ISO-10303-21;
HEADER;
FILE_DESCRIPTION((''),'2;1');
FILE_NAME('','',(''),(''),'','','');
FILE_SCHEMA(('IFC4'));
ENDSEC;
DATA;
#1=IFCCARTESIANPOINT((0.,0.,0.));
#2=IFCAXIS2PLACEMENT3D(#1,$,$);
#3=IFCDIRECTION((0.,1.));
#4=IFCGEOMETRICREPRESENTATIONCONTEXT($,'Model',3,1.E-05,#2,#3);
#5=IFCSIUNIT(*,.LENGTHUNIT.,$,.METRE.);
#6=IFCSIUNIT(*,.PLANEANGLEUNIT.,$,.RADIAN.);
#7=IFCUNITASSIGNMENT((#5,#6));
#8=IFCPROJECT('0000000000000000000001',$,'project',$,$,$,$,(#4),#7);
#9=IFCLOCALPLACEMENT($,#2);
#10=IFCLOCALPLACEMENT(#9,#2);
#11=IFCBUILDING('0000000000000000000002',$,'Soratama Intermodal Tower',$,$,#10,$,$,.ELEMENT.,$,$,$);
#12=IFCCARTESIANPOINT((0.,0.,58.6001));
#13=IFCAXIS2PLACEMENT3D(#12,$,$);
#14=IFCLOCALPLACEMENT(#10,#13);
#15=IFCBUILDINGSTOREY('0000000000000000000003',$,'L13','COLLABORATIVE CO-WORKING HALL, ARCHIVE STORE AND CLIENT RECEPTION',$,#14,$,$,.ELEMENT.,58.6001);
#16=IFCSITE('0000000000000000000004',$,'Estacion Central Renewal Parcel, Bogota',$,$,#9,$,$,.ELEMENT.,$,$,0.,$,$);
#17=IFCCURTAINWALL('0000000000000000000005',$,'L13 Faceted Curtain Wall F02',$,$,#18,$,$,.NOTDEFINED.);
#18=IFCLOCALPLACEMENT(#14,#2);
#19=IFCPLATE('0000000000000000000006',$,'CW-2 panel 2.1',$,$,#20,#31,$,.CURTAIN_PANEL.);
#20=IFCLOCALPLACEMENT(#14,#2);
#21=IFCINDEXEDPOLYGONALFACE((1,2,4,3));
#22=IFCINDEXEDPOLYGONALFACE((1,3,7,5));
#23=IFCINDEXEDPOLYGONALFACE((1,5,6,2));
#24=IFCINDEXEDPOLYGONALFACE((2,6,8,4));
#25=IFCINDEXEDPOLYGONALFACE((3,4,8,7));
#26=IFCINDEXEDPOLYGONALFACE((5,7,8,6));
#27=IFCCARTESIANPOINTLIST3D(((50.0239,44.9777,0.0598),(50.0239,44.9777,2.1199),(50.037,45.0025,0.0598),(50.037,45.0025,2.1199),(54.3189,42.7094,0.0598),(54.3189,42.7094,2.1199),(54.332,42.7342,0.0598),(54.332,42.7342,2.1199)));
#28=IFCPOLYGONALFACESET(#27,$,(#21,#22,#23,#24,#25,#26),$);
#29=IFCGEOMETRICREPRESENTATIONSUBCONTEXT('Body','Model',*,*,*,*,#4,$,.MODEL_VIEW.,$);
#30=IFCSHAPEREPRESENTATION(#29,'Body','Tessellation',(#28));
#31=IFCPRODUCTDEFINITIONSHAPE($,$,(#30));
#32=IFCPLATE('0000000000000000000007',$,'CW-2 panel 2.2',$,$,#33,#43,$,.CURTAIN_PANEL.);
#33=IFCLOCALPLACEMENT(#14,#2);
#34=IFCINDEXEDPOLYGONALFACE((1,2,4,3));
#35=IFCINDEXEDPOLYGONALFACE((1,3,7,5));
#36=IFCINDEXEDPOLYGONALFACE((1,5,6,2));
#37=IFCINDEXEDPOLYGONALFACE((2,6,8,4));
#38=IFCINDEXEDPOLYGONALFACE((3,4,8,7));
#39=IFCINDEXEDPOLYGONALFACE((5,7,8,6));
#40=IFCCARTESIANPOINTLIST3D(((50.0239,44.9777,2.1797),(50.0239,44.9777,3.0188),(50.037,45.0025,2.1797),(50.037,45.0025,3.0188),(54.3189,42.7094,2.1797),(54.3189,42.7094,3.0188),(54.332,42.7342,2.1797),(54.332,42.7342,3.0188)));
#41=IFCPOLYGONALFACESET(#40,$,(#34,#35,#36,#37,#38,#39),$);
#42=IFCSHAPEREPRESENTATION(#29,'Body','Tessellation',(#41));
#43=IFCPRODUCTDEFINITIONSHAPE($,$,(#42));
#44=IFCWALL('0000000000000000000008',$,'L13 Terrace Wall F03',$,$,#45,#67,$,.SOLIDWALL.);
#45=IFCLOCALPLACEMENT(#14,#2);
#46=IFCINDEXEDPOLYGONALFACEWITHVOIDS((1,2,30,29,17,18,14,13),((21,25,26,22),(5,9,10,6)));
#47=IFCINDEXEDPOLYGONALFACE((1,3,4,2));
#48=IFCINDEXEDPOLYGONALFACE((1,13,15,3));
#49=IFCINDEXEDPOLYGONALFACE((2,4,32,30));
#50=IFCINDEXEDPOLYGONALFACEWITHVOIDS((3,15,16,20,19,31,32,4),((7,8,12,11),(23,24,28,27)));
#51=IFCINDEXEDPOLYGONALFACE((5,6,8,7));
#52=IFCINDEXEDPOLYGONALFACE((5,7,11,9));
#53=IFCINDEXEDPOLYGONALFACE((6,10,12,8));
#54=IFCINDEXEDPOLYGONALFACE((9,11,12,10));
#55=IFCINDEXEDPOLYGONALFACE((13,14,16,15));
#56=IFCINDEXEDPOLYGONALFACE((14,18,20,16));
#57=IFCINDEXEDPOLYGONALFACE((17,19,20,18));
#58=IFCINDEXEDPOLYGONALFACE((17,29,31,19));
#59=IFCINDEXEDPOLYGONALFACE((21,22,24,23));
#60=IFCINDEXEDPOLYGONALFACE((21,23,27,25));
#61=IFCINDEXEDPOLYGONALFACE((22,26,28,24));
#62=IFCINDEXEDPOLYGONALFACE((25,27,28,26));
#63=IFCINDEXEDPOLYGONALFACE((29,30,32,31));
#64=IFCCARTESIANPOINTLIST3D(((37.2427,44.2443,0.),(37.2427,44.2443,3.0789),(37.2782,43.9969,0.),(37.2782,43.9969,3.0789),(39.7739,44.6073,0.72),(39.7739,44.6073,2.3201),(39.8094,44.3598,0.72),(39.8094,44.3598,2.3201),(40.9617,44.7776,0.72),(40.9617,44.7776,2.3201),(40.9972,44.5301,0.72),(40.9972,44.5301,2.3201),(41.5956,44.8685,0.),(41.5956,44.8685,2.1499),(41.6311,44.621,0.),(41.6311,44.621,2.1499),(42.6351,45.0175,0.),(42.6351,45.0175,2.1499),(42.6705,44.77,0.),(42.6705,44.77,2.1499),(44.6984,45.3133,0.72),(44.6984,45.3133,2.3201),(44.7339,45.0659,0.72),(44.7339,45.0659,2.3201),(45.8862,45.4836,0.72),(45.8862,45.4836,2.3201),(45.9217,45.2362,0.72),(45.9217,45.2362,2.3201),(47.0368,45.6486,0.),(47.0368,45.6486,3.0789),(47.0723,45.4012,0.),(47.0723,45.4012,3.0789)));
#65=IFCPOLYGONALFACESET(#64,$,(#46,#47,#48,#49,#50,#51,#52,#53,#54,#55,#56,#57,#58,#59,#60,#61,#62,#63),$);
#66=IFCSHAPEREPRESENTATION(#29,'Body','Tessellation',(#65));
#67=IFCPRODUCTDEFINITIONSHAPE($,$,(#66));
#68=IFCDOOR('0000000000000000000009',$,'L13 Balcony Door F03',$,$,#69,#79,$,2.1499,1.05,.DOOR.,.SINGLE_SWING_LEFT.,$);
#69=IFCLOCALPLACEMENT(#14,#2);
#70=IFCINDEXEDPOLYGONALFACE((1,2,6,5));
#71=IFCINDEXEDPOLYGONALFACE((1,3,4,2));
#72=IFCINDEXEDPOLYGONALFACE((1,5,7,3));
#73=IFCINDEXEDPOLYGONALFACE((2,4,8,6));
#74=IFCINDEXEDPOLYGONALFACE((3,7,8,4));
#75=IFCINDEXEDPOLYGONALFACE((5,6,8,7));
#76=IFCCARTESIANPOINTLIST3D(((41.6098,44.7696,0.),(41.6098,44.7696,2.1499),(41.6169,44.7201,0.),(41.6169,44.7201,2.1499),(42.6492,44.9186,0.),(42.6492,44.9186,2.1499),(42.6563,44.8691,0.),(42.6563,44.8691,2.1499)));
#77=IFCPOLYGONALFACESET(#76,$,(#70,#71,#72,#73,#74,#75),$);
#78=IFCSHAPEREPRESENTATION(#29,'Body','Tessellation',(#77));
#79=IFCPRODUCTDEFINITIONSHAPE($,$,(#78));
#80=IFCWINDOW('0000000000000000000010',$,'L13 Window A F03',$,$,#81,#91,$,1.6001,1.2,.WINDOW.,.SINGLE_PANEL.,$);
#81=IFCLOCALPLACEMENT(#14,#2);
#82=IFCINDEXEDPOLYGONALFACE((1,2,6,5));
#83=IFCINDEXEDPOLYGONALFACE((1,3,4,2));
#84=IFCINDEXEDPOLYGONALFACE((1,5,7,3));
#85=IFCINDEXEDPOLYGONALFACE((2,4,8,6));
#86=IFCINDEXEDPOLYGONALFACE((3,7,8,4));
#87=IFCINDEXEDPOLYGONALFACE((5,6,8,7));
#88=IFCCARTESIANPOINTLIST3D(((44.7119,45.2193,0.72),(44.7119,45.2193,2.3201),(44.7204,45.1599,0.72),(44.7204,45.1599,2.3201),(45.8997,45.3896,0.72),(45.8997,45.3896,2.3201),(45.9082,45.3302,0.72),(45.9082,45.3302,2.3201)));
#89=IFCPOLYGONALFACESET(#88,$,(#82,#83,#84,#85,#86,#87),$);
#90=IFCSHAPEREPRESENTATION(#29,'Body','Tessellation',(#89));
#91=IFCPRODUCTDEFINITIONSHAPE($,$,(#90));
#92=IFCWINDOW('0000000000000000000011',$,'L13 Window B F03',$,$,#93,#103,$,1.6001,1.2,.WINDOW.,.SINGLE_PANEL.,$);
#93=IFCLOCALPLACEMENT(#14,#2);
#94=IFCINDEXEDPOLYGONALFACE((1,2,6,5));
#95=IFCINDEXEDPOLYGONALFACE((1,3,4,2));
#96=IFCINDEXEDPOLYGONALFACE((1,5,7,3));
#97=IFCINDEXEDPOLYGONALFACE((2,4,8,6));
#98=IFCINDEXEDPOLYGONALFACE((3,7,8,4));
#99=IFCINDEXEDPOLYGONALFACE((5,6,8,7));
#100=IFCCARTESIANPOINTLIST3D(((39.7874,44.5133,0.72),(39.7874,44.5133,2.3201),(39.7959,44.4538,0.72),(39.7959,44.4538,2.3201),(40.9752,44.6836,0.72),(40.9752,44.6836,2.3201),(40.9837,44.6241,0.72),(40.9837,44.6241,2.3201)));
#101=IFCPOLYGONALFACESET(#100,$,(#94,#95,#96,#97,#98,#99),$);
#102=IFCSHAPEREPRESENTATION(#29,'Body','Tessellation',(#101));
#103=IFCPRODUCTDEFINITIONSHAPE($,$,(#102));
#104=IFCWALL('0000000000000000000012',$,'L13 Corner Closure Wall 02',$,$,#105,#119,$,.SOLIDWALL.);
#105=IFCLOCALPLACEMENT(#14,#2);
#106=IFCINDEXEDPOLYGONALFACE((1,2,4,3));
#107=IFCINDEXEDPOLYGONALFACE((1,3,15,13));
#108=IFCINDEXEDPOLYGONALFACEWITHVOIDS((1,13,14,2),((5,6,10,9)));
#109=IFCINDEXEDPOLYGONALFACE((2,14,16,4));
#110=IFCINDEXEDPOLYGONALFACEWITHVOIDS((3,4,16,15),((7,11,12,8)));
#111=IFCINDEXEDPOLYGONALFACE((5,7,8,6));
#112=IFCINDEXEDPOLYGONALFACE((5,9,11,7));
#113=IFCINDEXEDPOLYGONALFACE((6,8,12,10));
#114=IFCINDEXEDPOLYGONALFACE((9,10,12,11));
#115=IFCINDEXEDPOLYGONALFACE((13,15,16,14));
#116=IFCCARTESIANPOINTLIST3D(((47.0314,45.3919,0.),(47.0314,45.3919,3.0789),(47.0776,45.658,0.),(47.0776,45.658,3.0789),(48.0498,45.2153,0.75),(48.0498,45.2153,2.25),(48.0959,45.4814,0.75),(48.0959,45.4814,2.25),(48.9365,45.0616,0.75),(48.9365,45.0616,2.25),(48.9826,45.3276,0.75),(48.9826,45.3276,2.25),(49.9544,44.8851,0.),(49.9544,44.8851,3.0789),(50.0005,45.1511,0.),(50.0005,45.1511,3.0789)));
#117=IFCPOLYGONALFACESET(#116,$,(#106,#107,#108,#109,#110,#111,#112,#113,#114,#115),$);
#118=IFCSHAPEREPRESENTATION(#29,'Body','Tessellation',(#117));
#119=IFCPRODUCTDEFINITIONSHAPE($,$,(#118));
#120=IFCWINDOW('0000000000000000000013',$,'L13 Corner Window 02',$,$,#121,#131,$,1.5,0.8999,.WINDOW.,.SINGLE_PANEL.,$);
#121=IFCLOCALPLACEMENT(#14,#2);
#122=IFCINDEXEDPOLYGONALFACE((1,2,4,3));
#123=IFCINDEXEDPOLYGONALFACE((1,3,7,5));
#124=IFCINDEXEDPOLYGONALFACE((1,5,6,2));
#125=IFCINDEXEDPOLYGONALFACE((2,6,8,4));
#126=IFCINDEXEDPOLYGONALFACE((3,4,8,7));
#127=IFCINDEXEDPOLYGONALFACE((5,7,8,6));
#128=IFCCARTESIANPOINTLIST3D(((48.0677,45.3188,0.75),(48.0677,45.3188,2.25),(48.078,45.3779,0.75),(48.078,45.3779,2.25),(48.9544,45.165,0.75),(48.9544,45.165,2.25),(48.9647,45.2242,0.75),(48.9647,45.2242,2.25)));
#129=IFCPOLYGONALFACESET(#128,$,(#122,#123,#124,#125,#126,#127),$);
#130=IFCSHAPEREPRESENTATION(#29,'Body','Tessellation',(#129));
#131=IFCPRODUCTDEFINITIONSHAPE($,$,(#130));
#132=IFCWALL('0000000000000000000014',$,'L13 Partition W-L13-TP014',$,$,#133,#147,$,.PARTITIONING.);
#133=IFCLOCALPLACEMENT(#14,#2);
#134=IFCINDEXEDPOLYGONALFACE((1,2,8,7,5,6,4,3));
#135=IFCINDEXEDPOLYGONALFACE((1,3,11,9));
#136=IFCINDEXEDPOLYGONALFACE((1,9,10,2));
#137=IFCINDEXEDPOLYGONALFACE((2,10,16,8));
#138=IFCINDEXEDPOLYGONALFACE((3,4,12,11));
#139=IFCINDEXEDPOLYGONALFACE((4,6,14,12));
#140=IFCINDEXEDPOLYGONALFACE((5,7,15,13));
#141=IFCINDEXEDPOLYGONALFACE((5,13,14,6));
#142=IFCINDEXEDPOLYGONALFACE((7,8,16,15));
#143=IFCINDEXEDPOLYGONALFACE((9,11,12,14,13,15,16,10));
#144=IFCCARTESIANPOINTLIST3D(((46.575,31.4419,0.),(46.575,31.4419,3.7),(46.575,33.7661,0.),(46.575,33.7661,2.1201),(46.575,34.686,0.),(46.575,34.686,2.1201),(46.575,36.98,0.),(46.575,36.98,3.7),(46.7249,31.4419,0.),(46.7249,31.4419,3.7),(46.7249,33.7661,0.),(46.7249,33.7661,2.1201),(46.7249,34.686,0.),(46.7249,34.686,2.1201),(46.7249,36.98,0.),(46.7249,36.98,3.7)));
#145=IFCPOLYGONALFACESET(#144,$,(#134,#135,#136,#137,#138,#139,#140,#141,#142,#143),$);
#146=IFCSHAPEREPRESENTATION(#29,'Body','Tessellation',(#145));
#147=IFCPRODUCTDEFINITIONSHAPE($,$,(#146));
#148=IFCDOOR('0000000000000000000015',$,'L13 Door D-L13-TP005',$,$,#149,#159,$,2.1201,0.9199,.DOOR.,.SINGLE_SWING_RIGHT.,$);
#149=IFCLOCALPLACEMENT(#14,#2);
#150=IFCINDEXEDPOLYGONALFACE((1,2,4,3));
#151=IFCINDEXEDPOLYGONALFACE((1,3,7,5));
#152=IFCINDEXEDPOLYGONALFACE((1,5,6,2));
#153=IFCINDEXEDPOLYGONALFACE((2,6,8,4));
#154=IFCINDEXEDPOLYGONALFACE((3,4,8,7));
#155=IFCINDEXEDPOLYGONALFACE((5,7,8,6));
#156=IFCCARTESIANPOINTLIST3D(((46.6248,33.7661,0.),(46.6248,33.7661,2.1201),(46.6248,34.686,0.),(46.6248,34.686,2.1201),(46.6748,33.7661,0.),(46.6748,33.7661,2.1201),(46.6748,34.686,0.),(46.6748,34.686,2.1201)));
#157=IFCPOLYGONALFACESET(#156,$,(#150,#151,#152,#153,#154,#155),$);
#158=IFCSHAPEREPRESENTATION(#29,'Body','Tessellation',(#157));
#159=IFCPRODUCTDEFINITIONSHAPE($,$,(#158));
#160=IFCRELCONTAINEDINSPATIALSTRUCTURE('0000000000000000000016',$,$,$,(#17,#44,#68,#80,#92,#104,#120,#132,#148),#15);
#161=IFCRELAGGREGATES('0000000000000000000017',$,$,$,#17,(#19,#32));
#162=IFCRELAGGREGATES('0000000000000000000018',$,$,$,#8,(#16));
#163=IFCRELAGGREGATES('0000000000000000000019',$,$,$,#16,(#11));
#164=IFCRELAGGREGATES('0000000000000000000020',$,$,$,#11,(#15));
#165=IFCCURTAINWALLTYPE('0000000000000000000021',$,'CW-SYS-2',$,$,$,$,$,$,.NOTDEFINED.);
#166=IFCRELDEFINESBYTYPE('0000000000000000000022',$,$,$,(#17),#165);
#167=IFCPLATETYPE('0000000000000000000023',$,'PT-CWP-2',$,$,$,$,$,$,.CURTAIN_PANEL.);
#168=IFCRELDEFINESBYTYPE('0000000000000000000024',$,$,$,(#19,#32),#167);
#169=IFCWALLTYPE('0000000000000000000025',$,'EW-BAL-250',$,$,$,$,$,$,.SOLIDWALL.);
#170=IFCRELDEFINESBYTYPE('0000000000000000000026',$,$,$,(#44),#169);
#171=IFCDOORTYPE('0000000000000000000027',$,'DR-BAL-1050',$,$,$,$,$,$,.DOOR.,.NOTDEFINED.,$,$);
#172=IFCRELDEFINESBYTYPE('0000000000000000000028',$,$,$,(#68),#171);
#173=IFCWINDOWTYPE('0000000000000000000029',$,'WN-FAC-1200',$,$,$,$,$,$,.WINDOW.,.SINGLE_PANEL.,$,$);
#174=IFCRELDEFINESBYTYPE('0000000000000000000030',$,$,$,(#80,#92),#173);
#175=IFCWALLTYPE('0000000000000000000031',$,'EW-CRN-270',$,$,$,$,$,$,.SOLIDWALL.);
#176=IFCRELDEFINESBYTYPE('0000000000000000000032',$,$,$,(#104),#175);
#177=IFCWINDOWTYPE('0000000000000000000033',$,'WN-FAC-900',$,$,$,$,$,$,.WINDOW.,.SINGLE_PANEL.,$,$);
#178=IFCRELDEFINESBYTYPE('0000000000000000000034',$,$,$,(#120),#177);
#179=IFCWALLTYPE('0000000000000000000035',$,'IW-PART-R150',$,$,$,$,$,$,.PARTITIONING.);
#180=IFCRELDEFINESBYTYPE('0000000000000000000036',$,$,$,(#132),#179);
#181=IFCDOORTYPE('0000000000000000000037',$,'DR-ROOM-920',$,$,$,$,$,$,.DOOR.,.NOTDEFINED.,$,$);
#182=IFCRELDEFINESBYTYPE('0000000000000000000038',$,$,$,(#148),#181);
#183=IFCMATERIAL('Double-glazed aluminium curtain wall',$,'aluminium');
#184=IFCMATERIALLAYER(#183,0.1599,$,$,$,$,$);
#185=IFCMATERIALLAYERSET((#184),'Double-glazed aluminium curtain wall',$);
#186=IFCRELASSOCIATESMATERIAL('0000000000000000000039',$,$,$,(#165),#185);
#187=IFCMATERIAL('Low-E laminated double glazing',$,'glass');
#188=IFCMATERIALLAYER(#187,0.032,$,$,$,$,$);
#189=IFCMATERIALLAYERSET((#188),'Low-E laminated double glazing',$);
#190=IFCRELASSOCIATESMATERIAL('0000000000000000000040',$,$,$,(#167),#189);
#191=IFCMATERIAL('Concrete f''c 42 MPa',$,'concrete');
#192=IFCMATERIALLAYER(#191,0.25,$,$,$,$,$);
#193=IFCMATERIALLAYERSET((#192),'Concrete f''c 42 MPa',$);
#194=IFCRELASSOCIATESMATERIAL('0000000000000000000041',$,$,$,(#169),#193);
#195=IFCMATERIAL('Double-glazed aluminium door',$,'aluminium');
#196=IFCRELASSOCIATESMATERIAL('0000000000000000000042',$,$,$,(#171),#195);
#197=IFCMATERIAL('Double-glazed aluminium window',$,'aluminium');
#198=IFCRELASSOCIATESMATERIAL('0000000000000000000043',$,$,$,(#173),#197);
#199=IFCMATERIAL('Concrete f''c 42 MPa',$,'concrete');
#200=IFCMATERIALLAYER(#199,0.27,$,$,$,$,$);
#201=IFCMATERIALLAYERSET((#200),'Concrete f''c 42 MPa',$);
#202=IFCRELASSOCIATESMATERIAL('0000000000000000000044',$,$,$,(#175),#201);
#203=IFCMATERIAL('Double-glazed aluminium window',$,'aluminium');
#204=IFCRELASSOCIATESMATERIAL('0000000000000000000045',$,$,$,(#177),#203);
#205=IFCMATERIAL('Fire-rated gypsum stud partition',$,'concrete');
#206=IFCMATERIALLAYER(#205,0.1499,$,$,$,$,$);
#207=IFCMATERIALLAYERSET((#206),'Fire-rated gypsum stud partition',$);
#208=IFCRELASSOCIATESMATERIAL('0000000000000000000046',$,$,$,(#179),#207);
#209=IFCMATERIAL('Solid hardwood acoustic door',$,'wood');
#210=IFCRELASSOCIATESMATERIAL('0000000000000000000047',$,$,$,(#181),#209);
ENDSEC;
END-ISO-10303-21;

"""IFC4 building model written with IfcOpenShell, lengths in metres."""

from ifc_helpers import new_model, si_unit, direction, frame, frame_2d, origin, origin_2d, place, context, subcontext, project, spatial, rectangle, extrude, material, layer, layer_set, type_object, element, fill, aggregate, save


model = new_model("IFC4")

# Units and contexts
model_context = context("Model", 3, precision=1e-05, world=origin(), true_north=direction((0.0, 1.0)))
body_context = subcontext(model_context, "Body", "Model", "MODEL_VIEW")
ifc_project = project(units=[si_unit("LENGTHUNIT", "METRE"), si_unit("PLANEANGLEUNIT", "RADIAN")], contexts=[model_context])

# Site, building, storey
site_placement = place(None, origin())
site = spatial("IfcSite", under=ifc_project, at=site_placement, Name="Estacion Central Renewal Parcel, Bogota", CompositionType="ELEMENT", RefElevation=0.0)
building_placement = place(site_placement, origin())
building = spatial("IfcBuilding", under=site, at=building_placement, Name="Soratama Intermodal Tower", CompositionType="ELEMENT")
storey_placement = place(building_placement, frame((0.0, 0.0, 58.6001)))
storey = spatial("IfcBuildingStorey", under=building, at=storey_placement, Name="L13", Description="COLLABORATIVE CO-WORKING HALL, ARCHIVE STORE AND CLIENT RECEPTION", CompositionType="ELEMENT", Elevation=58.6001)

# Curtain wall, plates
ifc_material_1 = material(Name="Double-glazed aluminium curtain wall", Category="aluminium")
ifc_layer_1 = layer(ifc_material_1, 0.1599)
ifc_layer_set_1 = layer_set([ifc_layer_1], Name="Double-glazed aluminium curtain wall")
curtain_wall_type = type_object("IfcCurtainWallType", Name="CW-SYS-2", PredefinedType="NOTDEFINED", material=ifc_layer_set_1)
curtain_wall_placement = place(storey_placement, origin())
curtain_wall = element("IfcCurtainWall", 1, at=curtain_wall_placement, inside=storey, type_object=curtain_wall_type, Name="L13 Faceted Curtain Wall F02", PredefinedType="NOTDEFINED")
ifc_material_2 = material(Name="Low-E laminated double glazing", Category="glass")
ifc_layer_2 = layer(ifc_material_2, 0.032)
ifc_layer_set_2 = layer_set([ifc_layer_2], Name="Low-E laminated double glazing")
plate_type = type_object("IfcPlateType", Name="PT-CWP-2", PredefinedType="CURTAIN_PANEL", material=ifc_layer_set_2)
plate_1_placement = place(storey_placement, frame((52.178, 43.856, 0.0598), z_axis=(0.0, 0.0, 1.0), x_axis=(-0.884257, 0.467001, 0.0)))
plate_1 = element("IfcPlate", 2, at=plate_1_placement, type_object=plate_type, Name="CW-2 panel 2.1", PredefinedType="CURTAIN_PANEL", context=body_context, shape_type="SweptSolid", body=[
    extrude(rectangle(XDim=4.8572, YDim=0.0281, at=origin_2d()), origin(), (0.0, 0.0, 1.0), 2.0601),
])
plate_2_placement = place(storey_placement, frame((52.178, 43.856, 2.1797), z_axis=(0.0, 0.0, 1.0), x_axis=(-0.884257, 0.467001, 0.0)))
plate_2 = element("IfcPlate", 3, at=plate_2_placement, type_object=plate_type, Name="CW-2 panel 2.2", PredefinedType="CURTAIN_PANEL", context=body_context, shape_type="SweptSolid", body=[
    extrude(rectangle(XDim=4.8572, YDim=0.0281, at=origin_2d()), origin(), (0.0, 0.0, 1.0), 0.8391),
])
aggregate(curtain_wall, [plate_1, plate_2])

# Wall, openings, door, windows
ifc_material_3 = material(Name="Concrete f'c 42 MPa", Category="concrete")
ifc_layer_3 = layer(ifc_material_3, 0.25)
ifc_layer_set_3 = layer_set([ifc_layer_3], Name="Concrete f'c 42 MPa")
wall_type_1 = type_object("IfcWallType", Name="EW-BAL-250", PredefinedType="SOLIDWALL", material=ifc_layer_set_3)
wall_1_placement = place(storey_placement, frame((47.0547, 45.5249, 0.0), z_axis=(0.0, 0.0, 1.0), x_axis=(-0.989877, -0.141929, 0.0)))
wall_1 = element("IfcWall", 4, at=wall_1_placement, inside=storey, type_object=wall_type_1, Name="L13 Terrace Wall F03", PredefinedType="SOLIDWALL", context=body_context, shape_type="SweptSolid", body=[
    extrude(rectangle(XDim=9.8943, YDim=0.25, at=frame_2d((4.9473, 0.0))), origin(), (0.0, 0.0, 1.0), 3.0789),
])
opening_1_placement = place(wall_1_placement, frame((4.447, 0.0, 0.0)))
opening_1 = element("IfcOpeningElement", 5, at=opening_1_placement, cuts=wall_1, PredefinedType="OPENING", context=body_context, shape_type="SweptSolid", body=[
    extrude(rectangle(XDim=1.05, YDim=2.1499, at=frame_2d((0.5249, 1.075))), frame((0.0, 0.135, 0.0), z_axis=(0.0, -1.0, 0.0), x_axis=(1.0, 0.0, 0.0)), (0.0, 0.0, 1.0), 0.27),
])
opening_2_placement = place(wall_1_placement, frame((1.1624, 0.0, 0.72)))
opening_2 = element("IfcOpeningElement", 6, at=opening_2_placement, cuts=wall_1, PredefinedType="OPENING", context=body_context, shape_type="SweptSolid", body=[
    extrude(rectangle(XDim=1.2, YDim=1.6001, at=frame_2d((0.6001, 0.8))), frame((0.0, 0.135, 0.0), z_axis=(0.0, -1.0, 0.0), x_axis=(1.0, 0.0, 0.0)), (0.0, 0.0, 1.0), 0.27),
])
opening_3_placement = place(wall_1_placement, frame((6.1372, 0.0, 0.72)))
opening_3 = element("IfcOpeningElement", 7, at=opening_3_placement, cuts=wall_1, PredefinedType="OPENING", context=body_context, shape_type="SweptSolid", body=[
    extrude(rectangle(XDim=1.2, YDim=1.6001, at=frame_2d((0.6001, 0.8))), frame((0.0, 0.135, 0.0), z_axis=(0.0, -1.0, 0.0), x_axis=(1.0, 0.0, 0.0)), (0.0, 0.0, 1.0), 0.27),
])
ifc_material_4 = material(Name="Double-glazed aluminium door", Category="aluminium")
door_type_1 = type_object("IfcDoorType", Name="DR-BAL-1050", OperationType="NOTDEFINED", PredefinedType="DOOR", material=ifc_material_4)
door_1_placement = place(opening_1_placement, origin())
door_1 = element("IfcDoor", 8, at=door_1_placement, inside=storey, type_object=door_type_1, Name="L13 Balcony Door F03", OperationType="SINGLE_SWING_LEFT", OverallHeight=2.1499, OverallWidth=1.05, PredefinedType="DOOR", context=body_context, shape_type="SweptSolid", body=[
    extrude(rectangle(XDim=1.05, YDim=2.1499, at=frame_2d((0.5249, 1.075))), frame((0.0, 0.0249, 0.0), z_axis=(0.0, -1.0, 0.0), x_axis=(1.0, 0.0, 0.0)), (0.0, 0.0, 1.0), 0.05),
])
fill(opening_1, door_1)
ifc_material_5 = material(Name="Double-glazed aluminium window", Category="aluminium")
window_type_1 = type_object("IfcWindowType", Name="WN-FAC-1200", PartitioningType="SINGLE_PANEL", PredefinedType="WINDOW", material=ifc_material_5)
window_1_placement = place(opening_2_placement, origin())
window_1 = element("IfcWindow", 9, at=window_1_placement, inside=storey, type_object=window_type_1, Name="L13 Window A F03", OverallHeight=1.6001, OverallWidth=1.2, PartitioningType="SINGLE_PANEL", PredefinedType="WINDOW", context=body_context, shape_type="SweptSolid", body=[
    extrude(rectangle(XDim=1.2, YDim=1.6001, at=frame_2d((0.6001, 0.8))), frame((0.0, 0.03, 0.0), z_axis=(0.0, -1.0, 0.0), x_axis=(1.0, 0.0, 0.0)), (0.0, 0.0, 1.0), 0.0601),
])
fill(opening_2, window_1)
window_2_placement = place(opening_3_placement, origin())
window_2 = element("IfcWindow", 10, at=window_2_placement, inside=storey, type_object=window_type_1, Name="L13 Window B F03", OverallHeight=1.6001, OverallWidth=1.2, PartitioningType="SINGLE_PANEL", PredefinedType="WINDOW", context=body_context, shape_type="SweptSolid", body=[
    extrude(rectangle(XDim=1.2, YDim=1.6001, at=frame_2d((0.6001, 0.8))), frame((0.0, 0.03, 0.0), z_axis=(0.0, -1.0, 0.0), x_axis=(1.0, 0.0, 0.0)), (0.0, 0.0, 1.0), 0.0601),
])
fill(opening_3, window_2)

# Wall, opening, window
ifc_material_6 = material(Name="Concrete f'c 42 MPa", Category="concrete")
ifc_layer_4 = layer(ifc_material_6, 0.27)
ifc_layer_set_4 = layer_set([ifc_layer_4], Name="Concrete f'c 42 MPa")
wall_type_2 = type_object("IfcWallType", Name="EW-CRN-270", PredefinedType="SOLIDWALL", material=ifc_layer_set_4)
wall_2_placement = place(storey_placement, frame((49.9775, 45.0181, 0.0), z_axis=(0.0, 0.0, 1.0), x_axis=(-0.985296, 0.170855, 0.0)))
wall_2 = element("IfcWall", 11, at=wall_2_placement, inside=storey, type_object=wall_type_2, Name="L13 Corner Closure Wall 02", PredefinedType="SOLIDWALL", context=body_context, shape_type="SweptSolid", body=[
    extrude(rectangle(XDim=2.9666, YDim=0.27, at=frame_2d((1.4834, 0.0))), origin(), (0.0, 0.0, 1.0), 3.0789),
])
opening_4_placement = place(wall_2_placement, frame((1.0332, 0.0, 0.75)))
opening_4 = element("IfcOpeningElement", 12, at=opening_4_placement, cuts=wall_2, PredefinedType="OPENING", context=body_context, shape_type="SweptSolid", body=[
    extrude(rectangle(XDim=0.8999, YDim=1.5, at=frame_2d((0.45, 0.75))), frame((0.0, 0.145, 0.0), z_axis=(0.0, -1.0, 0.0), x_axis=(1.0, 0.0, 0.0)), (0.0, 0.0, 1.0), 0.29),
])
ifc_material_7 = material(Name="Double-glazed aluminium window", Category="aluminium")
window_type_2 = type_object("IfcWindowType", Name="WN-FAC-900", PartitioningType="SINGLE_PANEL", PredefinedType="WINDOW", material=ifc_material_7)
window_3_placement = place(opening_4_placement, origin())
window_3 = element("IfcWindow", 13, at=window_3_placement, inside=storey, type_object=window_type_2, Name="L13 Corner Window 02", OverallHeight=1.5, OverallWidth=0.8999, PartitioningType="SINGLE_PANEL", PredefinedType="WINDOW", context=body_context, shape_type="SweptSolid", body=[
    extrude(rectangle(XDim=0.8999, YDim=1.5, at=frame_2d((0.45, 0.75))), frame((0.0, 0.03, 0.0), z_axis=(0.0, -1.0, 0.0), x_axis=(1.0, 0.0, 0.0)), (0.0, 0.0, 1.0), 0.0601),
])
fill(opening_4, window_3)

# Wall, opening, door
ifc_material_8 = material(Name="Fire-rated gypsum stud partition", Category="concrete")
ifc_layer_5 = layer(ifc_material_8, 0.1499)
ifc_layer_set_5 = layer_set([ifc_layer_5], Name="Fire-rated gypsum stud partition")
wall_type_3 = type_object("IfcWallType", Name="IW-PART-R150", PredefinedType="PARTITIONING", material=ifc_layer_set_5)
wall_3_placement = place(storey_placement, frame((46.6499, 36.98, 0.0), z_axis=(0.0, 0.0, 1.0), x_axis=(0.0, -1.0, 0.0)))
wall_3 = element("IfcWall", 14, at=wall_3_placement, inside=storey, type_object=wall_type_3, Name="L13 Partition W-L13-TP014", PredefinedType="PARTITIONING", context=body_context, shape_type="SweptSolid", body=[
    extrude(rectangle(XDim=5.5381, YDim=0.1499, at=frame_2d((2.769, 0.0))), origin(), (0.0, 0.0, 1.0), 3.7),
])
opening_5_placement = place(wall_3_placement, frame((2.2939, 0.0, 0.0)))
opening_5 = element("IfcOpeningElement", 15, at=opening_5_placement, cuts=wall_3, PredefinedType="OPENING", context=body_context, shape_type="SweptSolid", body=[
    extrude(rectangle(XDim=0.9199, YDim=2.1201, at=frame_2d((0.46, 1.0601))), frame((0.0, 0.085, 0.0), z_axis=(0.0, -1.0, 0.0), x_axis=(1.0, 0.0, 0.0)), (0.0, 0.0, 1.0), 0.1699),
])
ifc_material_9 = material(Name="Solid hardwood acoustic door", Category="wood")
door_type_2 = type_object("IfcDoorType", Name="DR-ROOM-920", OperationType="NOTDEFINED", PredefinedType="DOOR", material=ifc_material_9)
door_2_placement = place(opening_5_placement, origin())
door_2 = element("IfcDoor", 16, at=door_2_placement, inside=storey, type_object=door_type_2, Name="L13 Door D-L13-TP005", OperationType="SINGLE_SWING_RIGHT", OverallHeight=2.1201, OverallWidth=0.9199, PredefinedType="DOOR", context=body_context, shape_type="SweptSolid", body=[
    extrude(rectangle(XDim=0.9199, YDim=2.1201, at=frame_2d((0.46, 1.0601))), frame((0.0, 0.0249, 0.0), z_axis=(0.0, -1.0, 0.0), x_axis=(1.0, 0.0, 0.0)), (0.0, 0.0, 1.0), 0.05),
])
fill(opening_5, door_2)

save(model, "model.ifc")
